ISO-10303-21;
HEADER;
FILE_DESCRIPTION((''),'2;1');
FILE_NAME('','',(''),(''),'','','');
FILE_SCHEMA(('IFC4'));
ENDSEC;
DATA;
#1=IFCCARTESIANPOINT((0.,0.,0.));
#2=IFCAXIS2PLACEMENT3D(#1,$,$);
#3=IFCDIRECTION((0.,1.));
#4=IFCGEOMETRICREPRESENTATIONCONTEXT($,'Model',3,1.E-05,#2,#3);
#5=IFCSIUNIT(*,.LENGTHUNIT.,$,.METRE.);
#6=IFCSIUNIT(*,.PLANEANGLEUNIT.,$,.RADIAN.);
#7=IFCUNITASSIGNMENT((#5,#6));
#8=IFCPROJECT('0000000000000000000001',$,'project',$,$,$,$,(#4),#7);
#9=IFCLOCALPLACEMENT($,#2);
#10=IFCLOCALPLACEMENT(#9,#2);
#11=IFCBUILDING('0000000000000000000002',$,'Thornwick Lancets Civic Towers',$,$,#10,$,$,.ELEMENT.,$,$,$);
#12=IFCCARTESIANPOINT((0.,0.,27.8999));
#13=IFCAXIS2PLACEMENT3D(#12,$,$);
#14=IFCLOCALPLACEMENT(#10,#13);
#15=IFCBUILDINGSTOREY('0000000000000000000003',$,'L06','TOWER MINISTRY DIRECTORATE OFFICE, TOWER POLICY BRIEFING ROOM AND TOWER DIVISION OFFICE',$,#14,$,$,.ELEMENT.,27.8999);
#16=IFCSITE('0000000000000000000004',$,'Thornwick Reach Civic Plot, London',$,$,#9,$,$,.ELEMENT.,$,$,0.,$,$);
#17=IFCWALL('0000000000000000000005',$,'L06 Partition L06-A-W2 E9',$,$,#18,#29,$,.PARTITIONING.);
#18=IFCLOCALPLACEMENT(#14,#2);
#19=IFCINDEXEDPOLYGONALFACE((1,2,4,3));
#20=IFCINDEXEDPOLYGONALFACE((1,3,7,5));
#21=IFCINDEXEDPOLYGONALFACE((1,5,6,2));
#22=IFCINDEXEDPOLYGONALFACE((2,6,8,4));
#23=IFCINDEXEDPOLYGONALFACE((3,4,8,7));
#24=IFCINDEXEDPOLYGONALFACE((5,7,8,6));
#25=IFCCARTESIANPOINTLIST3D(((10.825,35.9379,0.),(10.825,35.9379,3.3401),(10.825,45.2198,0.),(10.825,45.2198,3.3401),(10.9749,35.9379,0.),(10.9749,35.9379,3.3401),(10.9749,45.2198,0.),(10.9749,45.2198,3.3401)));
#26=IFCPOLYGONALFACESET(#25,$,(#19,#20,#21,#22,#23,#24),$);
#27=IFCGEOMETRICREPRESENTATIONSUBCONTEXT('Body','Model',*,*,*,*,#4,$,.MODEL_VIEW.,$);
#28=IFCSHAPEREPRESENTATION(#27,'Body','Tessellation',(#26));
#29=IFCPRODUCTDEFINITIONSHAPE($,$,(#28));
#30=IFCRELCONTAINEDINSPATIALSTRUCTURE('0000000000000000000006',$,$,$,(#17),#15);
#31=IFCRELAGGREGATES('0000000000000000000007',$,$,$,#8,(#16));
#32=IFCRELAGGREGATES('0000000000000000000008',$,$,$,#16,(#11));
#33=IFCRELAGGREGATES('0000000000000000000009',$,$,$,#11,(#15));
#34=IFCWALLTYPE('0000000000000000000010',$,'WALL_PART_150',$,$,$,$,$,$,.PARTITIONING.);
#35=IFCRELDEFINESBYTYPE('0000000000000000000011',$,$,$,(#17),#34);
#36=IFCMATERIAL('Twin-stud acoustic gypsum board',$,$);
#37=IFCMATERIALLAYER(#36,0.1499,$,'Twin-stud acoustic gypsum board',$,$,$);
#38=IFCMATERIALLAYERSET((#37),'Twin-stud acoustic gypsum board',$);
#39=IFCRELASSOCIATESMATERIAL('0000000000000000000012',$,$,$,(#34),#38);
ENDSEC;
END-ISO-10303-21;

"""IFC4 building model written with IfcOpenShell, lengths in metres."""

from ifc_helpers import new_model, si_unit, direction, frame, frame_2d, origin, place, context, subcontext, project, spatial, rectangle, extrude, material, layer, layer_set, type_object, element, save


model = new_model("IFC4")

# Units and contexts
model_context = context("Model", 3, precision=1e-05, world=origin(), true_north=direction((0.0, 1.0)))
body_context = subcontext(model_context, "Body", "Model", "MODEL_VIEW")
ifc_project = project(units=[si_unit("LENGTHUNIT", "METRE"), si_unit("PLANEANGLEUNIT", "RADIAN")], contexts=[model_context])

# Site, building, storey
site_placement = place(None, origin())
site = spatial("IfcSite", under=ifc_project, at=site_placement, Name="Thornwick Reach Civic Plot, London", CompositionType="ELEMENT", RefElevation=0.0)
building_placement = place(site_placement, origin())
building = spatial("IfcBuilding", under=site, at=building_placement, Name="Thornwick Lancets Civic Towers", CompositionType="ELEMENT")
storey_placement = place(building_placement, frame((0.0, 0.0, 27.8999)))
storey = spatial("IfcBuildingStorey", under=building, at=storey_placement, Name="L06", Description="TOWER MINISTRY DIRECTORATE OFFICE, TOWER POLICY BRIEFING ROOM AND TOWER DIVISION OFFICE", CompositionType="ELEMENT", Elevation=27.8999)

# Wall
ifc_material_1 = material(Name="Twin-stud acoustic gypsum board")
ifc_layer_1 = layer(ifc_material_1, 0.1499, Name="Twin-stud acoustic gypsum board")
ifc_layer_set_1 = layer_set([ifc_layer_1], Name="Twin-stud acoustic gypsum board")
wall_type_1 = type_object("IfcWallType", Name="WALL_PART_150", PredefinedType="PARTITIONING", material=ifc_layer_set_1)
wall_1_placement = place(storey_placement, frame((10.8999, 45.22, 0.0), z_axis=(0.0, 0.0, 1.0), x_axis=(0.0, -1.0, 0.0)))
element("IfcWall", 1, at=wall_1_placement, inside=storey, type_object=wall_type_1, Name="L06 Partition L06-A-W2 E9", PredefinedType="PARTITIONING", context=body_context, shape_type="SweptSolid", body=[
    extrude(rectangle(XDim=9.282, YDim=0.1499, at=frame_2d((4.6411, 0.0))), origin(), (0.0, 0.0, 1.0), 3.3401),
])

save(model, "model.ifc")
